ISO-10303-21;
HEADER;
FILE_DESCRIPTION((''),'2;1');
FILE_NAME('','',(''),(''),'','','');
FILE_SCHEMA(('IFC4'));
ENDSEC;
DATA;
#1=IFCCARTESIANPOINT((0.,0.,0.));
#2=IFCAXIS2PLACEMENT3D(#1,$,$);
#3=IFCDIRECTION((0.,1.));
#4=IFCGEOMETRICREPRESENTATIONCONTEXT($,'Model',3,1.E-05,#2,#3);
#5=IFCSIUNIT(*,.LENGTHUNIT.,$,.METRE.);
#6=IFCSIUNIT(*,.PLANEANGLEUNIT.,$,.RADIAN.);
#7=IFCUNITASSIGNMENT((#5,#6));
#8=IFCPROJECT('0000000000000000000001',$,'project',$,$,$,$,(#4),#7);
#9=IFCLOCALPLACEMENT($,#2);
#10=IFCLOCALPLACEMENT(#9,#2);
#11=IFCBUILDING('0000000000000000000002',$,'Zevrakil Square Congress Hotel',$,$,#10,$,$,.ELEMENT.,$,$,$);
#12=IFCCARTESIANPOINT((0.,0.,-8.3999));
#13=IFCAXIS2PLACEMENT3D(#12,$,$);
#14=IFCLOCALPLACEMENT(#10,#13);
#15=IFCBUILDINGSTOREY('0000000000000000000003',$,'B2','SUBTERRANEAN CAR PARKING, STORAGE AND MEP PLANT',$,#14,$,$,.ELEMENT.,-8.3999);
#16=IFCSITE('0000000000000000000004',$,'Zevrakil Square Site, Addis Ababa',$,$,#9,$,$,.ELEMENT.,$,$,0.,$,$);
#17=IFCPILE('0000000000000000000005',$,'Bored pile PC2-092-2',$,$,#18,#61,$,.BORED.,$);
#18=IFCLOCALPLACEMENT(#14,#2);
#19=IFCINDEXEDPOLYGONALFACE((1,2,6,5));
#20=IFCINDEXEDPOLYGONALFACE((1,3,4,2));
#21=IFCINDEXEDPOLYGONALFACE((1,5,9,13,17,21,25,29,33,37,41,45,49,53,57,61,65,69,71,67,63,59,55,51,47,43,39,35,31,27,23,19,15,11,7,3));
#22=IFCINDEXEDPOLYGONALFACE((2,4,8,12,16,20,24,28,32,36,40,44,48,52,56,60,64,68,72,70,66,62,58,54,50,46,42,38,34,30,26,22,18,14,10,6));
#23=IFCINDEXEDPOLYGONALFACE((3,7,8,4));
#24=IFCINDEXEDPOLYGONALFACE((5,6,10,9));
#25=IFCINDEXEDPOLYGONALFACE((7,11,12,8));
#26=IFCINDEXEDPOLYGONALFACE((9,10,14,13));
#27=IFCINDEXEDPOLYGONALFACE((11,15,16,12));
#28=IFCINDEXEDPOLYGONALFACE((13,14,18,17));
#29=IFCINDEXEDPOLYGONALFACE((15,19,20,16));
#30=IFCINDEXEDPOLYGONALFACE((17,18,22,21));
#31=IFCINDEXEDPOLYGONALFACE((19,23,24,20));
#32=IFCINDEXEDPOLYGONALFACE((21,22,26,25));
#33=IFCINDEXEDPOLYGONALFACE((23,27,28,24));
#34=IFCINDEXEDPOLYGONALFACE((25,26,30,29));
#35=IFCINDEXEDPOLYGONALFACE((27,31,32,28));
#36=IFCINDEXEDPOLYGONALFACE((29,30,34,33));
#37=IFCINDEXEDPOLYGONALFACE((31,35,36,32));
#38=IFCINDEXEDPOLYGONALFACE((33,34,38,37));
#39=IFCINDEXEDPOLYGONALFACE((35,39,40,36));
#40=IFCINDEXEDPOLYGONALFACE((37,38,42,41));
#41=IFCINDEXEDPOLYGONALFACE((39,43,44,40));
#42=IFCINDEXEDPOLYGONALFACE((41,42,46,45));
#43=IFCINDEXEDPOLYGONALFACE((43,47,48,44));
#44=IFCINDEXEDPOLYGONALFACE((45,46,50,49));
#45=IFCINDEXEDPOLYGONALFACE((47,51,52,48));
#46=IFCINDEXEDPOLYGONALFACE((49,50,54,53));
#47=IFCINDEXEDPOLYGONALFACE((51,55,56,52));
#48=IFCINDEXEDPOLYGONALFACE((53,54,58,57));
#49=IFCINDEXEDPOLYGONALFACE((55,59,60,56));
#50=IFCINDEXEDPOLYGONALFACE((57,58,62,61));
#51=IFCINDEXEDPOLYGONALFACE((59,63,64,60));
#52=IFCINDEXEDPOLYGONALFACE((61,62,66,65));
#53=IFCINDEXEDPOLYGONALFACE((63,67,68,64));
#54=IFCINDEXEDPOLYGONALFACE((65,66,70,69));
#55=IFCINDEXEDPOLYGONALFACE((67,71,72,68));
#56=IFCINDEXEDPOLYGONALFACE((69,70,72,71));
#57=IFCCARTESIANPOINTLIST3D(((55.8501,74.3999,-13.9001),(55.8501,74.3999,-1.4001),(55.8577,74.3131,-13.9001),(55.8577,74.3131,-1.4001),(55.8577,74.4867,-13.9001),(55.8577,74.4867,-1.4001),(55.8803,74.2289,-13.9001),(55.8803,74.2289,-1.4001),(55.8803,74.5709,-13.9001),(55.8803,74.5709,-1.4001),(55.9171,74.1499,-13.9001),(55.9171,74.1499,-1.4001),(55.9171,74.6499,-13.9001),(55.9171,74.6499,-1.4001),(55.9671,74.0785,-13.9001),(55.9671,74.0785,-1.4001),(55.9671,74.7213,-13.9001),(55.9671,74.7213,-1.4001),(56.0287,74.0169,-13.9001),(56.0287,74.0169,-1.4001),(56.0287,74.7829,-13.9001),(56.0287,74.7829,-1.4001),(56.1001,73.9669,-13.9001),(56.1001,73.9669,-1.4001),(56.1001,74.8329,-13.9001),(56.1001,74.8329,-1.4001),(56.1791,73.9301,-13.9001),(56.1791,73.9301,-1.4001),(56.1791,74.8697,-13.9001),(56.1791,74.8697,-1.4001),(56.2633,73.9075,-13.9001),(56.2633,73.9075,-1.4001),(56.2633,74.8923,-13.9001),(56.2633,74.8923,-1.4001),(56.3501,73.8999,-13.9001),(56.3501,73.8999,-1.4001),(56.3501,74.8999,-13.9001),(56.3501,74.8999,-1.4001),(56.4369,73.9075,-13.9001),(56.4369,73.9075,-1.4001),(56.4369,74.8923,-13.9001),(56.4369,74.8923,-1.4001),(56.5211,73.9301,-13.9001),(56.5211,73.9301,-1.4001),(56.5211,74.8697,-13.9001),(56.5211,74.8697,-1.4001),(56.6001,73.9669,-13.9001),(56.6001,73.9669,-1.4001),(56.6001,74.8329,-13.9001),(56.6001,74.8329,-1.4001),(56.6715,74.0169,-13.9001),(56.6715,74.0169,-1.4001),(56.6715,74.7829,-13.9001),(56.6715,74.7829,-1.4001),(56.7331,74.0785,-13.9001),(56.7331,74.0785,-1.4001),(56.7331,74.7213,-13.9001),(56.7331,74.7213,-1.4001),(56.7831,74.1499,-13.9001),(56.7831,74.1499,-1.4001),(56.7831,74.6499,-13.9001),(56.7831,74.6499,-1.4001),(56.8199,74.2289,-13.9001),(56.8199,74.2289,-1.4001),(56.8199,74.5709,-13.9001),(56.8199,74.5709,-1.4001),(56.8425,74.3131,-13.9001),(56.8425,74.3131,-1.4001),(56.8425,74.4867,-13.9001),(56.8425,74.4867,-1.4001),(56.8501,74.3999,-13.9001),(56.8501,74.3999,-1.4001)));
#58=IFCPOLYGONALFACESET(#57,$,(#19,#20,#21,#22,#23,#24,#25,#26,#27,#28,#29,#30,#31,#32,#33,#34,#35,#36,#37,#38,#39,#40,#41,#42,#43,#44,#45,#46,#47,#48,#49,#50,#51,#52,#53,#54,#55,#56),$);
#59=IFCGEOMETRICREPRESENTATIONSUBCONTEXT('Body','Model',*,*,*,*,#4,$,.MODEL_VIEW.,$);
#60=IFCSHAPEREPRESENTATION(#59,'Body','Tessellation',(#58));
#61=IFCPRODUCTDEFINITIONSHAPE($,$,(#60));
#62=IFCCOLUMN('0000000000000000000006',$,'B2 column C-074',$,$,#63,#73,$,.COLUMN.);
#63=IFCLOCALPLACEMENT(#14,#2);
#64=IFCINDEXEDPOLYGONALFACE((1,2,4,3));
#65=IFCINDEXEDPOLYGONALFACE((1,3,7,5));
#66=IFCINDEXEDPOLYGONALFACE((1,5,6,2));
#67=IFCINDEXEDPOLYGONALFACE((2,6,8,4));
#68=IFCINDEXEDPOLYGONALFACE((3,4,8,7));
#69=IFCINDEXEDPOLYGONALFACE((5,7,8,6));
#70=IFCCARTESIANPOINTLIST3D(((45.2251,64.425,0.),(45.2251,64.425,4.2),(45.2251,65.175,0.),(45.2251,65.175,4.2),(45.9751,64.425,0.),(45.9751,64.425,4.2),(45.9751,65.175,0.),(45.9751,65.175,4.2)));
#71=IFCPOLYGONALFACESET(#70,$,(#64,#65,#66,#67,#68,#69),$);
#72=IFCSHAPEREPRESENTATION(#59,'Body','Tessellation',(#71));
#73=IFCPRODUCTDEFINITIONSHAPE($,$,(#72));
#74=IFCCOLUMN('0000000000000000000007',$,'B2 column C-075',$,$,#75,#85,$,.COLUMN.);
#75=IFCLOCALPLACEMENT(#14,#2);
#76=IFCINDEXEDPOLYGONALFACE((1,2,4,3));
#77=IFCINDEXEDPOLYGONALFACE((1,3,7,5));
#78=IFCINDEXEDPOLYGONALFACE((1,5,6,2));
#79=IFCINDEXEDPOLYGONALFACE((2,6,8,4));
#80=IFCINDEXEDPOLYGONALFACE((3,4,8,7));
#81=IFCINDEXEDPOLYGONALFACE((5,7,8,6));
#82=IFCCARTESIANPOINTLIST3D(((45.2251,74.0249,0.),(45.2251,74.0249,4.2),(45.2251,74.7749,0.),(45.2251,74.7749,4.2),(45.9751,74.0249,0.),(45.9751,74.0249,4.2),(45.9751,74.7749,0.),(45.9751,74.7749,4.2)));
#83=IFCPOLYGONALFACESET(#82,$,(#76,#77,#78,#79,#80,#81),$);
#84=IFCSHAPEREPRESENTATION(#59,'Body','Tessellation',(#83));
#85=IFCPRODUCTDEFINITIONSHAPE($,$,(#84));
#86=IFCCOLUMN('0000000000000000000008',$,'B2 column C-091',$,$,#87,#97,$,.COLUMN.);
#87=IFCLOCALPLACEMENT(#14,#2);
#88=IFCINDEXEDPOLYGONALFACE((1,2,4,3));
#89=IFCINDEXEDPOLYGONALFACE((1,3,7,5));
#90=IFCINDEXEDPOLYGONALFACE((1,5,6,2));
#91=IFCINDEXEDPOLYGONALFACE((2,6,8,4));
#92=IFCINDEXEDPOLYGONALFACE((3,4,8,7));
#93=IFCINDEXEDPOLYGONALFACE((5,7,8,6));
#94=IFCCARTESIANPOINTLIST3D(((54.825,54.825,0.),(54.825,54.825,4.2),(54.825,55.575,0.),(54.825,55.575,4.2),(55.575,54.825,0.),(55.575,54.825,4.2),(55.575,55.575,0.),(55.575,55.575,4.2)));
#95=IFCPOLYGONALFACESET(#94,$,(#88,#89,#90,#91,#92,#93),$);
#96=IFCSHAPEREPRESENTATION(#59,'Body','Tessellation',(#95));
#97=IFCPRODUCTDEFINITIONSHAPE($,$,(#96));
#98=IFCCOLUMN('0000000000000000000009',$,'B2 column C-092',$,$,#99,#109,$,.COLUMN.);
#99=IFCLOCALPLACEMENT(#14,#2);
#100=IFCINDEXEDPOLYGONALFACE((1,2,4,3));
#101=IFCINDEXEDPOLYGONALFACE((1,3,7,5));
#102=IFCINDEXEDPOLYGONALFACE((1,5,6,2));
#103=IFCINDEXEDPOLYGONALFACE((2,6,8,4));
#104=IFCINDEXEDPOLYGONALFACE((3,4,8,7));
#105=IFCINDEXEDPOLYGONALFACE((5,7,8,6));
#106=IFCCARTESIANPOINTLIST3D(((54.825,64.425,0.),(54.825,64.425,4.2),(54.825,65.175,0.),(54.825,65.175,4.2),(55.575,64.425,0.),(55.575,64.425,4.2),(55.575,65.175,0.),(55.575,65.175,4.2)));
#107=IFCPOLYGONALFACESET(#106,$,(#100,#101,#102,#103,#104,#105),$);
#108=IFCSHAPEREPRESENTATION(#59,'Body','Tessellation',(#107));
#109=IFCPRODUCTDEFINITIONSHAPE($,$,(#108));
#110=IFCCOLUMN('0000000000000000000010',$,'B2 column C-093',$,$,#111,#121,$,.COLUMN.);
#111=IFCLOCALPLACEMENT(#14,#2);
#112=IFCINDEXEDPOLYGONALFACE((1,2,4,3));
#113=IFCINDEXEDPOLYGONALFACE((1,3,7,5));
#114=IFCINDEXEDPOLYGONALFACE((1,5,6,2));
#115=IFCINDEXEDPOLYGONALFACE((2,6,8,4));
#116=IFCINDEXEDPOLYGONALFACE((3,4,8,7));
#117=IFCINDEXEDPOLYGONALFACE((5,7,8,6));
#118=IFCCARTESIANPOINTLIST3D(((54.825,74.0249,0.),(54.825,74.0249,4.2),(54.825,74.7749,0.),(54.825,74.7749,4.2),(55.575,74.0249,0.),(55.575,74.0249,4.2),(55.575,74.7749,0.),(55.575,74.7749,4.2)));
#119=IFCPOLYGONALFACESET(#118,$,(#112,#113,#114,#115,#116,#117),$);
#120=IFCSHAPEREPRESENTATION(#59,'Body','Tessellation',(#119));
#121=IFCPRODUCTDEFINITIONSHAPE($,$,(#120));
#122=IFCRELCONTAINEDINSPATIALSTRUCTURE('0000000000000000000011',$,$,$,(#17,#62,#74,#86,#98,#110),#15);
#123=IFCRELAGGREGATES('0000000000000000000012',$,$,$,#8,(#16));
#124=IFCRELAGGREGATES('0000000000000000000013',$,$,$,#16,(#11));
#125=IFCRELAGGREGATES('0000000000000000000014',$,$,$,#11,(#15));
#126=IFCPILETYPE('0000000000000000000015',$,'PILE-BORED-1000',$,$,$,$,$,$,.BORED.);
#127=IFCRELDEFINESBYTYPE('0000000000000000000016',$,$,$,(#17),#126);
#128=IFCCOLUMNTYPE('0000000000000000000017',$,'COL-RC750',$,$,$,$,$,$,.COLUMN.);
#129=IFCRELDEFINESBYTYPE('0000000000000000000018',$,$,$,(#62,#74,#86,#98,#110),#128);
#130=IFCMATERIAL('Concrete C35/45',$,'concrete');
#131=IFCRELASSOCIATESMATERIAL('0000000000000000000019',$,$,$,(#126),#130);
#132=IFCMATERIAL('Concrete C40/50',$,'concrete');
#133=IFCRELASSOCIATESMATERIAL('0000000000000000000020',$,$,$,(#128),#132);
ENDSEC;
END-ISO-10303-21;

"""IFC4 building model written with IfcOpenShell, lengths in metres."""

from ifc_helpers import new_model, si_unit, direction, frame, origin, origin_2d, place, context, subcontext, project, spatial, rectangle, circle, extrude, material, material_profile, profile_set, type_object, element, save


model = new_model("IFC4")

# Units and contexts
model_context = context("Model", 3, precision=1e-05, world=origin(), true_north=direction((0.0, 1.0)))
body_context = subcontext(model_context, "Body", "Model", "MODEL_VIEW")
ifc_project = project(units=[si_unit("LENGTHUNIT", "METRE"), si_unit("PLANEANGLEUNIT", "RADIAN")], contexts=[model_context])

# Site, building, storey
site_placement = place(None, origin())
site = spatial("IfcSite", under=ifc_project, at=site_placement, Name="Zevrakil Square Site, Addis Ababa", CompositionType="ELEMENT", RefElevation=0.0)
building_placement = place(site_placement, origin())
building = spatial("IfcBuilding", under=site, at=building_placement, Name="Zevrakil Square Congress Hotel", CompositionType="ELEMENT")
storey_placement = place(building_placement, frame((0.0, 0.0, -8.3999)))
storey = spatial("IfcBuildingStorey", under=building, at=storey_placement, Name="B2", Description="SUBTERRANEAN CAR PARKING, STORAGE AND MEP PLANT", CompositionType="ELEMENT", Elevation=-8.3999)

# Pile
ifc_material_1 = material(Name="Concrete C35/45", Category="concrete")
ifc_material_profile_1 = material_profile(ifc_material_1, circle(Radius=0.5, at=origin_2d()), Name="PILE D1000")
ifc_profile_set_1 = profile_set([ifc_material_profile_1], Name="Concrete C35/45")
pile_type = type_object("IfcPileType", Name="PILE-BORED-1000", PredefinedType="BORED", material=ifc_profile_set_1)
for number, where, z_axis, x_axis, name in (
    (1, (56.3501, 74.3999, -1.4001), (0.0, 0.0, -1.0), (1.0, 0.0, 0.0), "Bored pile PC2-092-2"),
):
    element("IfcPile", number, at=place(storey_placement, frame(where, z_axis=z_axis, x_axis=x_axis)), inside=storey, type_object=pile_type, Name=name, PredefinedType="BORED", context=body_context, shape_type="SweptSolid", body=[
        extrude(circle(Radius=0.5, at=origin_2d()), origin(), (0.0, 0.0, 1.0), 12.5),
    ])

# Columns
ifc_material_2 = material(Name="Concrete C40/50", Category="concrete")
ifc_material_profile_2 = material_profile(ifc_material_2, rectangle(XDim=0.75, YDim=0.75, at=origin_2d()), Name="RC 750x750")
ifc_profile_set_2 = profile_set([ifc_material_profile_2], Name="Concrete C40/50")
column_type = type_object("IfcColumnType", Name="COL-RC750", PredefinedType="COLUMN", material=ifc_profile_set_2)
for number, where, z_axis, x_axis, name in (
    (2, (45.6001, 64.8, 0.0), (0.0, 0.0, 1.0), (1.0, 0.0, 0.0), "B2 column C-074"),
    (3, (45.6001, 74.3999, 0.0), (0.0, 0.0, 1.0), (1.0, 0.0, 0.0), "B2 column C-075"),
    (4, (55.2, 55.2, 0.0), (0.0, 0.0, 1.0), (1.0, 0.0, 0.0), "B2 column C-091"),
    (5, (55.2, 64.8, 0.0), (0.0, 0.0, 1.0), (1.0, 0.0, 0.0), "B2 column C-092"),
    (6, (55.2, 74.3999, 0.0), (0.0, 0.0, 1.0), (1.0, 0.0, 0.0), "B2 column C-093"),
):
    element("IfcColumn", number, at=place(storey_placement, frame(where, z_axis=z_axis, x_axis=x_axis)), inside=storey, type_object=column_type, Name=name, PredefinedType="COLUMN", context=body_context, shape_type="SweptSolid", body=[
        extrude(rectangle(XDim=0.75, YDim=0.75, at=origin_2d()), origin(), (0.0, 0.0, 1.0), 4.2),
    ])

save(model, "model.ifc")
